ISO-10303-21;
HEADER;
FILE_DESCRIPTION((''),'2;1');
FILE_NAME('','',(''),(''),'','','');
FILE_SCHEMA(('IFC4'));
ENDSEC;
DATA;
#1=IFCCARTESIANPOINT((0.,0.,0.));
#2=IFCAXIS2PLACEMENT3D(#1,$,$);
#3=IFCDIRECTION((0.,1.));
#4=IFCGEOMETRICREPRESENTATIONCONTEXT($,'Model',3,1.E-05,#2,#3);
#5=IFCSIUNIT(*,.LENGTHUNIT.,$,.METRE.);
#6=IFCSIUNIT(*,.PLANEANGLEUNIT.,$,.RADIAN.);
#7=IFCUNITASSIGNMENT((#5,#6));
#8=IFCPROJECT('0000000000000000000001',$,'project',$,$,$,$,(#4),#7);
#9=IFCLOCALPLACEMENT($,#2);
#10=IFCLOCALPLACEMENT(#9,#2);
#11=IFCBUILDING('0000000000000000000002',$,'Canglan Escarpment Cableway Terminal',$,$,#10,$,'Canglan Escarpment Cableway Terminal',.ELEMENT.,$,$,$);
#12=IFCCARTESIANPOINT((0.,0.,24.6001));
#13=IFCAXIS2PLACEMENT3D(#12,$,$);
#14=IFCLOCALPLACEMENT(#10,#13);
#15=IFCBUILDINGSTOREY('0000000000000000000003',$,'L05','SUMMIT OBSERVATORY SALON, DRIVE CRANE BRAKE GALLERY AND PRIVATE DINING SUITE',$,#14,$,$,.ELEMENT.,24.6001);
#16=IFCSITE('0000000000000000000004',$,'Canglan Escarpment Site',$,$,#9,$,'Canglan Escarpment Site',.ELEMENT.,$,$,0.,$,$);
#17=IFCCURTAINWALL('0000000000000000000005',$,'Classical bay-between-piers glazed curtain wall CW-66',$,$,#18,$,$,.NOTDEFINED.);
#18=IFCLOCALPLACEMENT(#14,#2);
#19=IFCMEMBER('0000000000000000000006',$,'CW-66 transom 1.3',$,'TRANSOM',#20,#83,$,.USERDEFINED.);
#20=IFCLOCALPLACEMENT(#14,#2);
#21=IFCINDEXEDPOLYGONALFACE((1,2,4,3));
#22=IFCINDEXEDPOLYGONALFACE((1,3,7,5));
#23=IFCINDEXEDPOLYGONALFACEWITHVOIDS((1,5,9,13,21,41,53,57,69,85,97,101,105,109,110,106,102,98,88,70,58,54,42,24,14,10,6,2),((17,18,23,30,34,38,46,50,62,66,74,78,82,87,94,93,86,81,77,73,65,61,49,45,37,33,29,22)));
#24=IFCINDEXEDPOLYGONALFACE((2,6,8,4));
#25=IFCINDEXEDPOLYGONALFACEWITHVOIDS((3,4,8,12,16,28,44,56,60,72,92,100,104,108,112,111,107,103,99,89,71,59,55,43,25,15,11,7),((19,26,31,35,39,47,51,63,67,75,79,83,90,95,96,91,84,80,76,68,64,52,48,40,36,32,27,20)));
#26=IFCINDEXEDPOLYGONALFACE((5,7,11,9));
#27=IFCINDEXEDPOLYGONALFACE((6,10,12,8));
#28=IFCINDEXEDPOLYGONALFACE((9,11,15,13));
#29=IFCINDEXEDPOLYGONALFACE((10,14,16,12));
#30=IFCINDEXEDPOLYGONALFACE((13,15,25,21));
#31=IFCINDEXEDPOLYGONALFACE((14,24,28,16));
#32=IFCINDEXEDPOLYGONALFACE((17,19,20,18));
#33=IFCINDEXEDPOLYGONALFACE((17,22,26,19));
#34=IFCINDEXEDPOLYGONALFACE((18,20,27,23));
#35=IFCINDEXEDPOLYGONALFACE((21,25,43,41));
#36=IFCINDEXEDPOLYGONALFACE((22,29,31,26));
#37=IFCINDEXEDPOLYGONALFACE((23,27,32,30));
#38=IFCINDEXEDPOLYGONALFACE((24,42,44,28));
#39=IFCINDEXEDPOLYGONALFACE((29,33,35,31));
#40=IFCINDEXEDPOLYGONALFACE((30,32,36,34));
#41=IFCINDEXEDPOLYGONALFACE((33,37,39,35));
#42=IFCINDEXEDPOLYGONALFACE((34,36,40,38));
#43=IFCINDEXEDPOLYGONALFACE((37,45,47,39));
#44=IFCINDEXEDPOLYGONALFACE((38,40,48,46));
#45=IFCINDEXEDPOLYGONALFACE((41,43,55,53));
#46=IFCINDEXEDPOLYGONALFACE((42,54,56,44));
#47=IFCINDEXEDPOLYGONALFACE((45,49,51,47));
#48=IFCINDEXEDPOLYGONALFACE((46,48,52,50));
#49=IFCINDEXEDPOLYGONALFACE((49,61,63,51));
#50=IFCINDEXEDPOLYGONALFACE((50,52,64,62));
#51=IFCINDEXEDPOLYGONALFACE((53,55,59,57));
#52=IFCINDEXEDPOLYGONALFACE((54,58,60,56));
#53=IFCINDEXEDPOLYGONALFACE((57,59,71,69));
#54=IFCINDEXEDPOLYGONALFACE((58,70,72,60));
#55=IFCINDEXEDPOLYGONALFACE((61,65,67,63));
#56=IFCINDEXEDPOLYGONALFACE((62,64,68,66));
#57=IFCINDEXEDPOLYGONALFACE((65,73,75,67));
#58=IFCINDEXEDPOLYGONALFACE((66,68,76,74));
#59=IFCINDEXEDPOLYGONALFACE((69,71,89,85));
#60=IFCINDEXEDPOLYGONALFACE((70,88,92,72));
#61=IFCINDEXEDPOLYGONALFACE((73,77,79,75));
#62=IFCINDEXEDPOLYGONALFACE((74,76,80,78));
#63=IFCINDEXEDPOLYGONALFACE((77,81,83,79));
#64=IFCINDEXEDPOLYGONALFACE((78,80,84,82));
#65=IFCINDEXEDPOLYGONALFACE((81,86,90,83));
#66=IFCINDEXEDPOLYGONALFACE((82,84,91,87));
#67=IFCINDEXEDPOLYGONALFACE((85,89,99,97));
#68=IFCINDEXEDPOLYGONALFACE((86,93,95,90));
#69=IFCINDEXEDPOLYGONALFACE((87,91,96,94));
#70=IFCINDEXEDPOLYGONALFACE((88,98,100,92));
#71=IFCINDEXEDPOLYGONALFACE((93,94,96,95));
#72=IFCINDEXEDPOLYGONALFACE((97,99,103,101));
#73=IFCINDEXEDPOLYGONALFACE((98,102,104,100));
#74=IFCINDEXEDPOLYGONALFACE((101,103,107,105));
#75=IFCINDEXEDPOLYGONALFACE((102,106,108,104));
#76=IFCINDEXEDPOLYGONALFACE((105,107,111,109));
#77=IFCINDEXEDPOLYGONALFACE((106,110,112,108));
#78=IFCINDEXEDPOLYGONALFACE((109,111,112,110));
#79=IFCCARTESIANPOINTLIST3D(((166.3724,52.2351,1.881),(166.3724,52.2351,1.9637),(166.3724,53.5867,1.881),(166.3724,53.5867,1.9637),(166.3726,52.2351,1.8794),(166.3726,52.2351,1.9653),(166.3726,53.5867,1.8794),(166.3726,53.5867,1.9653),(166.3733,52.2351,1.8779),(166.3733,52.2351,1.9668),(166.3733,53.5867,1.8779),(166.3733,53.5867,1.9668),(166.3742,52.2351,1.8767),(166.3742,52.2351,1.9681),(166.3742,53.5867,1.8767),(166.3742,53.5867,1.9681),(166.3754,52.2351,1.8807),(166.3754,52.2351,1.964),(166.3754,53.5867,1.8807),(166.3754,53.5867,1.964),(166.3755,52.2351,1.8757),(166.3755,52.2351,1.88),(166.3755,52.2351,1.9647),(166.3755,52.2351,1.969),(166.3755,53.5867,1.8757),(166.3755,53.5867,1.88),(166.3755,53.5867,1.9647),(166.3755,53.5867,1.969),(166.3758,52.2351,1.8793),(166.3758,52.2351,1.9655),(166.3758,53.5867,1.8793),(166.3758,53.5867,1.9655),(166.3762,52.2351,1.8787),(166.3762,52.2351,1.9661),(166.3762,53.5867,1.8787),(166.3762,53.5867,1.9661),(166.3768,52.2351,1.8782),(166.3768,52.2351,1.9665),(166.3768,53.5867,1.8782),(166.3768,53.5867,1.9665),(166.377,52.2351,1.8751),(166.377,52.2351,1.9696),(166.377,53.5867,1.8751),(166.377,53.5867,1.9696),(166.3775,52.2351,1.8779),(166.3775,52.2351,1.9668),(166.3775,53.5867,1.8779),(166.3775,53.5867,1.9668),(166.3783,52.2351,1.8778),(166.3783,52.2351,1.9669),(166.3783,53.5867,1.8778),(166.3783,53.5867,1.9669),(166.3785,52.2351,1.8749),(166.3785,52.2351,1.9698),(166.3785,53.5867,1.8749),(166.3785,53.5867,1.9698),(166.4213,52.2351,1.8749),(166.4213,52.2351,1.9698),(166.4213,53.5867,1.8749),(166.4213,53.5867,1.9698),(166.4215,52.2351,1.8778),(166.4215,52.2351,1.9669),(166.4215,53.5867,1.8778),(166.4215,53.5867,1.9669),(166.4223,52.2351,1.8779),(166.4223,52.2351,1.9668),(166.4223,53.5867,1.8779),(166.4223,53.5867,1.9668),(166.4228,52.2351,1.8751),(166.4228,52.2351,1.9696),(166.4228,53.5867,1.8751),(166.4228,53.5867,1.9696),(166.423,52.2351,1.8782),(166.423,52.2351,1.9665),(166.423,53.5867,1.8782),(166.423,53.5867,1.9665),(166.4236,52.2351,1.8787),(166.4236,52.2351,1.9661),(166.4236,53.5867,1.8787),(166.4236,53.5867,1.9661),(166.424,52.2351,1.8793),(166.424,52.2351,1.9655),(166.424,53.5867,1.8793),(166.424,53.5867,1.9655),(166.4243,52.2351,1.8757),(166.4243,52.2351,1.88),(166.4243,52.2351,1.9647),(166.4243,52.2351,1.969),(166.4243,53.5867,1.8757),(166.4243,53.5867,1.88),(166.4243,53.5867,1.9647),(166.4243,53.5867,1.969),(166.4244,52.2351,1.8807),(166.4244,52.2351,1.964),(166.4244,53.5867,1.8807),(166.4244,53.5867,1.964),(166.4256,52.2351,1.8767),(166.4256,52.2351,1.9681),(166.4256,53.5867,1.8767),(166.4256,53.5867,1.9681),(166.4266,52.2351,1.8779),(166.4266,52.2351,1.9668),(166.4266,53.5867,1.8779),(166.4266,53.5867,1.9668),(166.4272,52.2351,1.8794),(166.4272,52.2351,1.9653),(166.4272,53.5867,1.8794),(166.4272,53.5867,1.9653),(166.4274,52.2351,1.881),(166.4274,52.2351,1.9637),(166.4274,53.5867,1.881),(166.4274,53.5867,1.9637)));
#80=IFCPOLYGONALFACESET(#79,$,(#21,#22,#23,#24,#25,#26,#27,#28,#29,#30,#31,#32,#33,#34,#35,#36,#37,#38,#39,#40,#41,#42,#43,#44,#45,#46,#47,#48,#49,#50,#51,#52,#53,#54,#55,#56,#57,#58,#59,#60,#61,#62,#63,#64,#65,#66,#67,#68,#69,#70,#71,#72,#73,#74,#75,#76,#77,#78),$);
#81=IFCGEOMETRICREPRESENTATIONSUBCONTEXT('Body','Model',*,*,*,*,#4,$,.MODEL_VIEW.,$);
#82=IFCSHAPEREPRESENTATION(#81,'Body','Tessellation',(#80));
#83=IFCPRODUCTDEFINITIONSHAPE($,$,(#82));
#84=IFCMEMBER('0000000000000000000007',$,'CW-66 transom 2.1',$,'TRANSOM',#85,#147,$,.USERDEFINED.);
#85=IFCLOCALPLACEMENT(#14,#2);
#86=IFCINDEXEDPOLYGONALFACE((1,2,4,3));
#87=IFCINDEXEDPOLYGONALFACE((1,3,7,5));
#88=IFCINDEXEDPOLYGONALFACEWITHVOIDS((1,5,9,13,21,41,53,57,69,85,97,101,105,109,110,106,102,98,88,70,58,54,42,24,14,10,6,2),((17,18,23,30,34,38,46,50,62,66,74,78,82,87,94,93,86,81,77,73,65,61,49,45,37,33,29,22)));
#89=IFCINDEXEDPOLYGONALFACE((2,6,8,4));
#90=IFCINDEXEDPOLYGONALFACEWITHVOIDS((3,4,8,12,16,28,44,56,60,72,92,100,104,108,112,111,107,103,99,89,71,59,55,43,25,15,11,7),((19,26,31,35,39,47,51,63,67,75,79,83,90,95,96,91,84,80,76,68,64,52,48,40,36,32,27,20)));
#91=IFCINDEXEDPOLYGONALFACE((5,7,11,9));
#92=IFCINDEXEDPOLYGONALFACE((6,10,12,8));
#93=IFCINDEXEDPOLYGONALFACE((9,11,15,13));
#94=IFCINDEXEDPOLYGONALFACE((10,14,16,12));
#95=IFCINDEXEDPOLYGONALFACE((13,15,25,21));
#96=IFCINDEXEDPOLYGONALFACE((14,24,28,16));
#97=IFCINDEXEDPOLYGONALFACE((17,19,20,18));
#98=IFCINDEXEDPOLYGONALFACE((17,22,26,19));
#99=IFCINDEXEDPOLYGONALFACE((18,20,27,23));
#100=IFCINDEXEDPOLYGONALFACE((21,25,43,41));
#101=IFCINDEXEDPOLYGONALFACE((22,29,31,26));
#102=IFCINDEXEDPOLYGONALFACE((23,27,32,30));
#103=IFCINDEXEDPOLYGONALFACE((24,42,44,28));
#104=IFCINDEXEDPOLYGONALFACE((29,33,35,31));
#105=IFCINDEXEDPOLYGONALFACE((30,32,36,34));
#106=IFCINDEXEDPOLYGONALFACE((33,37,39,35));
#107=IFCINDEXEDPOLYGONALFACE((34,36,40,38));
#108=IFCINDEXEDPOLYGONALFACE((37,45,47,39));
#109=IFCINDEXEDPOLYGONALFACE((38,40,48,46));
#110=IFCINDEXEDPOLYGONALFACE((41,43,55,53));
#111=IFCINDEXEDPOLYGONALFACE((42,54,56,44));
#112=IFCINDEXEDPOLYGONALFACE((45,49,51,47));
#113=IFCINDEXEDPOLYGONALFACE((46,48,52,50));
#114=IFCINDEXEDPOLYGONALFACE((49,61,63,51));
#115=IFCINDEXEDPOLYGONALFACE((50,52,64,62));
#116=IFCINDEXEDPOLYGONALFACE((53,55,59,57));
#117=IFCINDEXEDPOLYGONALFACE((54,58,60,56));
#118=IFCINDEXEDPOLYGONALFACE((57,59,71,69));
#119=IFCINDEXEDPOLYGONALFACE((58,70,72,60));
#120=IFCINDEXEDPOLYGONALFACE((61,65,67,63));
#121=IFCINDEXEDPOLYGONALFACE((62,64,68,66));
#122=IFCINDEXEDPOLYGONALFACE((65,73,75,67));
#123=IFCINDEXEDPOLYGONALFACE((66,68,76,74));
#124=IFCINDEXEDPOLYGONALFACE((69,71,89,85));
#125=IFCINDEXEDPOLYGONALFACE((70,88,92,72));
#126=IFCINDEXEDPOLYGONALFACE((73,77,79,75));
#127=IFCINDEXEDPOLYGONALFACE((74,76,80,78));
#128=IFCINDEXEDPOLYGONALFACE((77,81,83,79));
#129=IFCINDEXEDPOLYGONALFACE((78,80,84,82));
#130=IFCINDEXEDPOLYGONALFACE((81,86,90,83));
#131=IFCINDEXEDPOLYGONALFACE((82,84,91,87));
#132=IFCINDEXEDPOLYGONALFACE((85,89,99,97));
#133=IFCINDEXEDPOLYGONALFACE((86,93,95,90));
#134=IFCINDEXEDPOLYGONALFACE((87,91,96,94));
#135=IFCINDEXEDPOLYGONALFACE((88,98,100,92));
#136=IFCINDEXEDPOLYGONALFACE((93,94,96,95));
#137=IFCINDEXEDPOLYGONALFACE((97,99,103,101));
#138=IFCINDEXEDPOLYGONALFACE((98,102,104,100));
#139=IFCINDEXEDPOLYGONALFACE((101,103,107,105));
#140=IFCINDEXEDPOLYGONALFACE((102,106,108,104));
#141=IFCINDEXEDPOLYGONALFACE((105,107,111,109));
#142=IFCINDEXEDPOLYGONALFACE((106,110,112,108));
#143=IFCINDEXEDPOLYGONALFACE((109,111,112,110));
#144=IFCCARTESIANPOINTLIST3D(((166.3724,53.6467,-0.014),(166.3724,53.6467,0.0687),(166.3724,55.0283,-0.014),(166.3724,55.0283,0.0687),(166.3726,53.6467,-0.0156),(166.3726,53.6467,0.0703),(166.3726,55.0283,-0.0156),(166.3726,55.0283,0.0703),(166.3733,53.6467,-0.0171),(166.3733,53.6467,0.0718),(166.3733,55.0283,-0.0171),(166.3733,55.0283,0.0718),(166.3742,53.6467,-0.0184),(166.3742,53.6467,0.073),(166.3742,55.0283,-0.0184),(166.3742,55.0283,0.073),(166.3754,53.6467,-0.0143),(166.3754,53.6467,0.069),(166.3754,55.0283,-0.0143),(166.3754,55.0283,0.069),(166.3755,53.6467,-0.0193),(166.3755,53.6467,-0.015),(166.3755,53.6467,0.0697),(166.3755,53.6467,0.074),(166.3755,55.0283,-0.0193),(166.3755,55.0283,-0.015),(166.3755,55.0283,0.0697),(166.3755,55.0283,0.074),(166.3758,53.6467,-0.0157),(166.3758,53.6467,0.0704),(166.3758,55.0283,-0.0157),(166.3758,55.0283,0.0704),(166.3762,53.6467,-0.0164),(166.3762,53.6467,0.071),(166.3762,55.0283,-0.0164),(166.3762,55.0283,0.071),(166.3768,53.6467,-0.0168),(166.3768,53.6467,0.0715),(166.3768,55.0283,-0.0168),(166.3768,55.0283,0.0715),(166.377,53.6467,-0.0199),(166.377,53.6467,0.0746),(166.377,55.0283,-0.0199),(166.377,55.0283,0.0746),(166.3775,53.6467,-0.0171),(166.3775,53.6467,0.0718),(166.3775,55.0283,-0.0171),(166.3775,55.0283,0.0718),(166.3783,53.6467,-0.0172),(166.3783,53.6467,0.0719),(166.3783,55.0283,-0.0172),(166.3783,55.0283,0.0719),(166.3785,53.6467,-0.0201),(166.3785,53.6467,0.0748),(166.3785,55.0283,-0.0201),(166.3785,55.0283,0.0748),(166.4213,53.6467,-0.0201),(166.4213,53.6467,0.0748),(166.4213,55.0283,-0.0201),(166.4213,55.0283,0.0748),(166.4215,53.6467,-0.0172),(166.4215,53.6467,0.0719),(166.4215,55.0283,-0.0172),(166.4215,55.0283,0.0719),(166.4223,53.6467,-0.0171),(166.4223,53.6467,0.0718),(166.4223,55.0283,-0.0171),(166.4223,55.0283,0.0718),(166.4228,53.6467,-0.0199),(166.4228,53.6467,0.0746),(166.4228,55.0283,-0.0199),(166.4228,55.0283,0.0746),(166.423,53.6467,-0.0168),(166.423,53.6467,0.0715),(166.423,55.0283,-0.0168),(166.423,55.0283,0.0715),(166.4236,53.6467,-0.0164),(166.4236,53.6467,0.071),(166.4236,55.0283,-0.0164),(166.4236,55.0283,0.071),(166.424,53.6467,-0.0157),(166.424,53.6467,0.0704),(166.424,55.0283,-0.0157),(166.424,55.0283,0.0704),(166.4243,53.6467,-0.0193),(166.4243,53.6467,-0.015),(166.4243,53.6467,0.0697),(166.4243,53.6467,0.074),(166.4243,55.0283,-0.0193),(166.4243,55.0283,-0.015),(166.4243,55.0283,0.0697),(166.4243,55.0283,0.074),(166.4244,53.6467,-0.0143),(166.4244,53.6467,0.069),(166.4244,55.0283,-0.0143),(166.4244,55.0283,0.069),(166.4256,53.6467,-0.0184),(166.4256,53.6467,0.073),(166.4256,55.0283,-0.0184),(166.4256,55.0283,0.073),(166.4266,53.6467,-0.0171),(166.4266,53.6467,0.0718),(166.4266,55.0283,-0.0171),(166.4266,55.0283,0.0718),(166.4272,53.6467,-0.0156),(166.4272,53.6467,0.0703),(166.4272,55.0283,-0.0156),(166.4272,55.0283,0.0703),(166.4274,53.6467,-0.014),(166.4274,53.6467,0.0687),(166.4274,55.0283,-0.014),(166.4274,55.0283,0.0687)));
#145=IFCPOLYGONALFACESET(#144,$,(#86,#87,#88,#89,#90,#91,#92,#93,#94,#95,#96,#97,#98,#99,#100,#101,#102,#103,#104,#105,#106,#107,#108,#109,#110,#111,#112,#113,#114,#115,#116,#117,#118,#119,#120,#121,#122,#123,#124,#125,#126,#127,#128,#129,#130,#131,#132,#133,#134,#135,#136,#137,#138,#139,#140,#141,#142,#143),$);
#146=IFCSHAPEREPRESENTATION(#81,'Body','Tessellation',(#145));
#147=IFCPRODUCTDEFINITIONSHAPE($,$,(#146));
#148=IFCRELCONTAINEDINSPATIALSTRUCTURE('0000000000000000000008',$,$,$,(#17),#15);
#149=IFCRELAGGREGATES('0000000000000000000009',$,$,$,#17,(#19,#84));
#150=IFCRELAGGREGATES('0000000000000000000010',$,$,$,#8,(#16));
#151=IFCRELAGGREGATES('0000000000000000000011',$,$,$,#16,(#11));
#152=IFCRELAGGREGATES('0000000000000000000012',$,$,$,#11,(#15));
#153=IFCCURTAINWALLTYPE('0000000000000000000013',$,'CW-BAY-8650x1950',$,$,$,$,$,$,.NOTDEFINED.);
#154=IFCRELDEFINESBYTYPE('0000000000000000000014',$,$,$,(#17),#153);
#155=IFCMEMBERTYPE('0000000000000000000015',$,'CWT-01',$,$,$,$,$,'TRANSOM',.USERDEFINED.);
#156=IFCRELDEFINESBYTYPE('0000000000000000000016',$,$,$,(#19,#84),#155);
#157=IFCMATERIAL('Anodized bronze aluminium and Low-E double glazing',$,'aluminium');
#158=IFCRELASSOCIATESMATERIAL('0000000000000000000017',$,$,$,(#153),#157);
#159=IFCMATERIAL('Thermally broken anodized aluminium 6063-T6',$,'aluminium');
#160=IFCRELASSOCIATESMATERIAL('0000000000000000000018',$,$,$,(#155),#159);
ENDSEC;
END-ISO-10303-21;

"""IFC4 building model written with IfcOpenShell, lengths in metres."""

from ifc_helpers import new_model, si_unit, direction, frame, origin, origin_2d, place, context, subcontext, project, spatial, hollow_rectangle, extrude, material, material_profile, profile_set, type_object, element, aggregate, save


model = new_model("IFC4")

# Units and contexts
model_context = context("Model", 3, precision=1e-05, world=origin(), true_north=direction((0.0, 1.0)))
body_context = subcontext(model_context, "Body", "Model", "MODEL_VIEW")
ifc_project = project(units=[si_unit("LENGTHUNIT", "METRE"), si_unit("PLANEANGLEUNIT", "RADIAN")], contexts=[model_context])

# Site, building, storey
site_placement = place(None, origin())
site = spatial("IfcSite", under=ifc_project, at=site_placement, Name="Canglan Escarpment Site", LongName="Canglan Escarpment Site", CompositionType="ELEMENT", RefElevation=0.0)
building_placement = place(site_placement, origin())
building = spatial("IfcBuilding", under=site, at=building_placement, Name="Canglan Escarpment Cableway Terminal", LongName="Canglan Escarpment Cableway Terminal", CompositionType="ELEMENT")
storey_placement = place(building_placement, frame((0.0, 0.0, 24.6001)))
storey = spatial("IfcBuildingStorey", under=building, at=storey_placement, Name="L05", Description="SUMMIT OBSERVATORY SALON, DRIVE CRANE BRAKE GALLERY AND PRIVATE DINING SUITE", CompositionType="ELEMENT", Elevation=24.6001)

# Shared definitions
ifc_material_1 = material(Name="Anodized bronze aluminium and Low-E double glazing", Category="aluminium")
ifc_material_2 = material(Name="Thermally broken anodized aluminium 6063-T6", Category="aluminium")

# Curtain wall, members
curtain_wall_type_1 = type_object("IfcCurtainWallType", Name="CW-BAY-8650x1950", PredefinedType="NOTDEFINED", material=ifc_material_1)
curtain_wall_1_placement = place(storey_placement, origin())
curtain_wall_1 = element("IfcCurtainWall", 1, at=curtain_wall_1_placement, inside=storey, type_object=curtain_wall_type_1, Name="Classical bay-between-piers glazed curtain wall CW-66", PredefinedType="NOTDEFINED")
ifc_material_profile_1 = material_profile(ifc_material_2, hollow_rectangle(XDim=0.0549, YDim=0.095, WallThickness=0.0029, InnerFilletRadius=0.0029, OuterFilletRadius=0.0061, at=origin_2d()), Name="ALU-TRAN 55x95x3")
ifc_profile_set_1 = profile_set([ifc_material_profile_1], Name="Thermally broken anodized aluminium 6063-T6")
member_type_1 = type_object("IfcMemberType", Name="CWT-01", ElementType="TRANSOM", PredefinedType="USERDEFINED", material=ifc_profile_set_1)
member_1_placement = place(storey_placement, frame((166.3999, 52.2351, 1.9224), z_axis=(0.0, 1.0, 0.0), x_axis=(-1.0, 0.0, 0.0)))
member_1 = element("IfcMember", 2, at=member_1_placement, type_object=member_type_1, Name="CW-66 transom 1.3", ObjectType="TRANSOM", PredefinedType="USERDEFINED", context=body_context, shape_type="SweptSolid", body=[
    extrude(hollow_rectangle(XDim=0.0549, YDim=0.095, WallThickness=0.0029, InnerFilletRadius=0.0029, OuterFilletRadius=0.0061, at=origin_2d()), origin(), (0.0, 0.0, 1.0), 1.3516),
])
member_2_placement = place(storey_placement, frame((166.3999, 53.6467, 0.0273), z_axis=(0.0, 1.0, 0.0), x_axis=(-1.0, 0.0, 0.0)))
member_2 = element("IfcMember", 3, at=member_2_placement, type_object=member_type_1, Name="CW-66 transom 2.1", ObjectType="TRANSOM", PredefinedType="USERDEFINED", context=body_context, shape_type="SweptSolid", body=[
    extrude(hollow_rectangle(XDim=0.0549, YDim=0.095, WallThickness=0.0029, InnerFilletRadius=0.0029, OuterFilletRadius=0.0061, at=origin_2d()), origin(), (0.0, 0.0, 1.0), 1.3816),
])

aggregate(curtain_wall_1, [member_1, member_2])

save(model, "model.ifc")
